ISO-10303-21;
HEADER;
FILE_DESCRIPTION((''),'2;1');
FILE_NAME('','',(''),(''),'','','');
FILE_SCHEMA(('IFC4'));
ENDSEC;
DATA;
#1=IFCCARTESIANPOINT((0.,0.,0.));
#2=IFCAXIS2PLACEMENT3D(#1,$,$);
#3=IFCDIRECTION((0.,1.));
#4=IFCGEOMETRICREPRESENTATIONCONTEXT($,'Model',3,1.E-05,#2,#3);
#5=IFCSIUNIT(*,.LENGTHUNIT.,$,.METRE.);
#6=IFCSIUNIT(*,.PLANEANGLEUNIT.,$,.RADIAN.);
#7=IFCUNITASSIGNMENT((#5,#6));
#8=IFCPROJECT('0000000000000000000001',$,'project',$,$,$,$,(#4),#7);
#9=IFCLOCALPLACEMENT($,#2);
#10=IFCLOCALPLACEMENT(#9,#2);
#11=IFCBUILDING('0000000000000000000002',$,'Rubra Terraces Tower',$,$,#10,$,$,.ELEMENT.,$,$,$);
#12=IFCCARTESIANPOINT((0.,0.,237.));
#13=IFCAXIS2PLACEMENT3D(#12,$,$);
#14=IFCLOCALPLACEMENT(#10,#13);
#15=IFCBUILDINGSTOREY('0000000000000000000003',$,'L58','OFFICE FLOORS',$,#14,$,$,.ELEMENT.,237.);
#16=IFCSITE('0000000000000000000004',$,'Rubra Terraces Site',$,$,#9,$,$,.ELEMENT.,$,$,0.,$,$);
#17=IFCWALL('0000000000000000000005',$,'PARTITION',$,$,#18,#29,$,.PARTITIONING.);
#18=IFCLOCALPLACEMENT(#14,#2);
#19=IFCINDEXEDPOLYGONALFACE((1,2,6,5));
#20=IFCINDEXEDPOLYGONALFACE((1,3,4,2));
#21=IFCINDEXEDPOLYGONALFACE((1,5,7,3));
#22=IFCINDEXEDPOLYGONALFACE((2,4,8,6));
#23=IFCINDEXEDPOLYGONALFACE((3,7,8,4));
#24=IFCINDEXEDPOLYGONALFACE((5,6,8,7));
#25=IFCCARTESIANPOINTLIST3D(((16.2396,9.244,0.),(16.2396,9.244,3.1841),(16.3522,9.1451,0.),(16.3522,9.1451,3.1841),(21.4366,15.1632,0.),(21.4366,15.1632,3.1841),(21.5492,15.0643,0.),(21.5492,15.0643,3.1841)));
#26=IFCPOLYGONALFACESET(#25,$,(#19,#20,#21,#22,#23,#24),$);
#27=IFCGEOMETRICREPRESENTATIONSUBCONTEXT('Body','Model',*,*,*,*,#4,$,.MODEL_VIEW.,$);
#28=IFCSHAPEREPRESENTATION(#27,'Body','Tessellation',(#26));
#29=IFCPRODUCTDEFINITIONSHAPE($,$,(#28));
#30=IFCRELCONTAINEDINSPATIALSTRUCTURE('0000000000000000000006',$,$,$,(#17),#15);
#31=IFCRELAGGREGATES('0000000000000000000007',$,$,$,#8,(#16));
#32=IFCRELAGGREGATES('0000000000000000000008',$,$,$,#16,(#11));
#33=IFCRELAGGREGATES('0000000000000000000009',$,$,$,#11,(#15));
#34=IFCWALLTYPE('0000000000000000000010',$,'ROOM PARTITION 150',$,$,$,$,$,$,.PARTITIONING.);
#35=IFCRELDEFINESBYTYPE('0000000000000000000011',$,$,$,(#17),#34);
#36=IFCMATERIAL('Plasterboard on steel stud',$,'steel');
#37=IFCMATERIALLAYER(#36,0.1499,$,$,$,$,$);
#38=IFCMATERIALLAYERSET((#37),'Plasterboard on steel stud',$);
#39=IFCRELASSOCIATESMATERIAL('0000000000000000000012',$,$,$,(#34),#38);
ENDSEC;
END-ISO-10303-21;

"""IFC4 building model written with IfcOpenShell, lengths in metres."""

from ifc_helpers import new_model, si_unit, direction, frame, frame_2d, origin, place, context, subcontext, project, spatial, rectangle, extrude, material, layer, layer_set, type_object, element, save


model = new_model("IFC4")

# Units and contexts
model_context = context("Model", 3, precision=1e-05, world=origin(), true_north=direction((0.0, 1.0)))
body_context = subcontext(model_context, "Body", "Model", "MODEL_VIEW")
ifc_project = project(units=[si_unit("LENGTHUNIT", "METRE"), si_unit("PLANEANGLEUNIT", "RADIAN")], contexts=[model_context])

# Site, building, storey
site_placement = place(None, origin())
site = spatial("IfcSite", under=ifc_project, at=site_placement, Name="Rubra Terraces Site", CompositionType="ELEMENT", RefElevation=0.0)
building_placement = place(site_placement, origin())
building = spatial("IfcBuilding", under=site, at=building_placement, Name="Rubra Terraces Tower", CompositionType="ELEMENT")
storey_placement = place(building_placement, frame((0.0, 0.0, 237.0)))
storey = spatial("IfcBuildingStorey", under=building, at=storey_placement, Name="L58", Description="OFFICE FLOORS", CompositionType="ELEMENT", Elevation=237.0)

# Wall
ifc_material_1 = material(Name="Plasterboard on steel stud", Category="steel")
ifc_layer_1 = layer(ifc_material_1, 0.1499)
ifc_layer_set_1 = layer_set([ifc_layer_1], Name="Plasterboard on steel stud")
wall_type_1 = type_object("IfcWallType", Name="ROOM PARTITION 150", PredefinedType="PARTITIONING", material=ifc_layer_set_1)
wall_1_placement = place(storey_placement, frame((21.4929, 15.1138, 0.0), z_axis=(0.0, 0.0, 1.0), x_axis=(-0.659779, -0.75146, 0.0)))
element("IfcWall", 1, at=wall_1_placement, inside=storey, type_object=wall_type_1, Name="PARTITION", PredefinedType="PARTITIONING", context=body_context, shape_type="SweptSolid", body=[
    extrude(rectangle(XDim=7.877, YDim=0.1499, at=frame_2d((3.9385, 0.0))), origin(), (0.0, 0.0, 1.0), 3.1841),
])

save(model, "model.ifc")
